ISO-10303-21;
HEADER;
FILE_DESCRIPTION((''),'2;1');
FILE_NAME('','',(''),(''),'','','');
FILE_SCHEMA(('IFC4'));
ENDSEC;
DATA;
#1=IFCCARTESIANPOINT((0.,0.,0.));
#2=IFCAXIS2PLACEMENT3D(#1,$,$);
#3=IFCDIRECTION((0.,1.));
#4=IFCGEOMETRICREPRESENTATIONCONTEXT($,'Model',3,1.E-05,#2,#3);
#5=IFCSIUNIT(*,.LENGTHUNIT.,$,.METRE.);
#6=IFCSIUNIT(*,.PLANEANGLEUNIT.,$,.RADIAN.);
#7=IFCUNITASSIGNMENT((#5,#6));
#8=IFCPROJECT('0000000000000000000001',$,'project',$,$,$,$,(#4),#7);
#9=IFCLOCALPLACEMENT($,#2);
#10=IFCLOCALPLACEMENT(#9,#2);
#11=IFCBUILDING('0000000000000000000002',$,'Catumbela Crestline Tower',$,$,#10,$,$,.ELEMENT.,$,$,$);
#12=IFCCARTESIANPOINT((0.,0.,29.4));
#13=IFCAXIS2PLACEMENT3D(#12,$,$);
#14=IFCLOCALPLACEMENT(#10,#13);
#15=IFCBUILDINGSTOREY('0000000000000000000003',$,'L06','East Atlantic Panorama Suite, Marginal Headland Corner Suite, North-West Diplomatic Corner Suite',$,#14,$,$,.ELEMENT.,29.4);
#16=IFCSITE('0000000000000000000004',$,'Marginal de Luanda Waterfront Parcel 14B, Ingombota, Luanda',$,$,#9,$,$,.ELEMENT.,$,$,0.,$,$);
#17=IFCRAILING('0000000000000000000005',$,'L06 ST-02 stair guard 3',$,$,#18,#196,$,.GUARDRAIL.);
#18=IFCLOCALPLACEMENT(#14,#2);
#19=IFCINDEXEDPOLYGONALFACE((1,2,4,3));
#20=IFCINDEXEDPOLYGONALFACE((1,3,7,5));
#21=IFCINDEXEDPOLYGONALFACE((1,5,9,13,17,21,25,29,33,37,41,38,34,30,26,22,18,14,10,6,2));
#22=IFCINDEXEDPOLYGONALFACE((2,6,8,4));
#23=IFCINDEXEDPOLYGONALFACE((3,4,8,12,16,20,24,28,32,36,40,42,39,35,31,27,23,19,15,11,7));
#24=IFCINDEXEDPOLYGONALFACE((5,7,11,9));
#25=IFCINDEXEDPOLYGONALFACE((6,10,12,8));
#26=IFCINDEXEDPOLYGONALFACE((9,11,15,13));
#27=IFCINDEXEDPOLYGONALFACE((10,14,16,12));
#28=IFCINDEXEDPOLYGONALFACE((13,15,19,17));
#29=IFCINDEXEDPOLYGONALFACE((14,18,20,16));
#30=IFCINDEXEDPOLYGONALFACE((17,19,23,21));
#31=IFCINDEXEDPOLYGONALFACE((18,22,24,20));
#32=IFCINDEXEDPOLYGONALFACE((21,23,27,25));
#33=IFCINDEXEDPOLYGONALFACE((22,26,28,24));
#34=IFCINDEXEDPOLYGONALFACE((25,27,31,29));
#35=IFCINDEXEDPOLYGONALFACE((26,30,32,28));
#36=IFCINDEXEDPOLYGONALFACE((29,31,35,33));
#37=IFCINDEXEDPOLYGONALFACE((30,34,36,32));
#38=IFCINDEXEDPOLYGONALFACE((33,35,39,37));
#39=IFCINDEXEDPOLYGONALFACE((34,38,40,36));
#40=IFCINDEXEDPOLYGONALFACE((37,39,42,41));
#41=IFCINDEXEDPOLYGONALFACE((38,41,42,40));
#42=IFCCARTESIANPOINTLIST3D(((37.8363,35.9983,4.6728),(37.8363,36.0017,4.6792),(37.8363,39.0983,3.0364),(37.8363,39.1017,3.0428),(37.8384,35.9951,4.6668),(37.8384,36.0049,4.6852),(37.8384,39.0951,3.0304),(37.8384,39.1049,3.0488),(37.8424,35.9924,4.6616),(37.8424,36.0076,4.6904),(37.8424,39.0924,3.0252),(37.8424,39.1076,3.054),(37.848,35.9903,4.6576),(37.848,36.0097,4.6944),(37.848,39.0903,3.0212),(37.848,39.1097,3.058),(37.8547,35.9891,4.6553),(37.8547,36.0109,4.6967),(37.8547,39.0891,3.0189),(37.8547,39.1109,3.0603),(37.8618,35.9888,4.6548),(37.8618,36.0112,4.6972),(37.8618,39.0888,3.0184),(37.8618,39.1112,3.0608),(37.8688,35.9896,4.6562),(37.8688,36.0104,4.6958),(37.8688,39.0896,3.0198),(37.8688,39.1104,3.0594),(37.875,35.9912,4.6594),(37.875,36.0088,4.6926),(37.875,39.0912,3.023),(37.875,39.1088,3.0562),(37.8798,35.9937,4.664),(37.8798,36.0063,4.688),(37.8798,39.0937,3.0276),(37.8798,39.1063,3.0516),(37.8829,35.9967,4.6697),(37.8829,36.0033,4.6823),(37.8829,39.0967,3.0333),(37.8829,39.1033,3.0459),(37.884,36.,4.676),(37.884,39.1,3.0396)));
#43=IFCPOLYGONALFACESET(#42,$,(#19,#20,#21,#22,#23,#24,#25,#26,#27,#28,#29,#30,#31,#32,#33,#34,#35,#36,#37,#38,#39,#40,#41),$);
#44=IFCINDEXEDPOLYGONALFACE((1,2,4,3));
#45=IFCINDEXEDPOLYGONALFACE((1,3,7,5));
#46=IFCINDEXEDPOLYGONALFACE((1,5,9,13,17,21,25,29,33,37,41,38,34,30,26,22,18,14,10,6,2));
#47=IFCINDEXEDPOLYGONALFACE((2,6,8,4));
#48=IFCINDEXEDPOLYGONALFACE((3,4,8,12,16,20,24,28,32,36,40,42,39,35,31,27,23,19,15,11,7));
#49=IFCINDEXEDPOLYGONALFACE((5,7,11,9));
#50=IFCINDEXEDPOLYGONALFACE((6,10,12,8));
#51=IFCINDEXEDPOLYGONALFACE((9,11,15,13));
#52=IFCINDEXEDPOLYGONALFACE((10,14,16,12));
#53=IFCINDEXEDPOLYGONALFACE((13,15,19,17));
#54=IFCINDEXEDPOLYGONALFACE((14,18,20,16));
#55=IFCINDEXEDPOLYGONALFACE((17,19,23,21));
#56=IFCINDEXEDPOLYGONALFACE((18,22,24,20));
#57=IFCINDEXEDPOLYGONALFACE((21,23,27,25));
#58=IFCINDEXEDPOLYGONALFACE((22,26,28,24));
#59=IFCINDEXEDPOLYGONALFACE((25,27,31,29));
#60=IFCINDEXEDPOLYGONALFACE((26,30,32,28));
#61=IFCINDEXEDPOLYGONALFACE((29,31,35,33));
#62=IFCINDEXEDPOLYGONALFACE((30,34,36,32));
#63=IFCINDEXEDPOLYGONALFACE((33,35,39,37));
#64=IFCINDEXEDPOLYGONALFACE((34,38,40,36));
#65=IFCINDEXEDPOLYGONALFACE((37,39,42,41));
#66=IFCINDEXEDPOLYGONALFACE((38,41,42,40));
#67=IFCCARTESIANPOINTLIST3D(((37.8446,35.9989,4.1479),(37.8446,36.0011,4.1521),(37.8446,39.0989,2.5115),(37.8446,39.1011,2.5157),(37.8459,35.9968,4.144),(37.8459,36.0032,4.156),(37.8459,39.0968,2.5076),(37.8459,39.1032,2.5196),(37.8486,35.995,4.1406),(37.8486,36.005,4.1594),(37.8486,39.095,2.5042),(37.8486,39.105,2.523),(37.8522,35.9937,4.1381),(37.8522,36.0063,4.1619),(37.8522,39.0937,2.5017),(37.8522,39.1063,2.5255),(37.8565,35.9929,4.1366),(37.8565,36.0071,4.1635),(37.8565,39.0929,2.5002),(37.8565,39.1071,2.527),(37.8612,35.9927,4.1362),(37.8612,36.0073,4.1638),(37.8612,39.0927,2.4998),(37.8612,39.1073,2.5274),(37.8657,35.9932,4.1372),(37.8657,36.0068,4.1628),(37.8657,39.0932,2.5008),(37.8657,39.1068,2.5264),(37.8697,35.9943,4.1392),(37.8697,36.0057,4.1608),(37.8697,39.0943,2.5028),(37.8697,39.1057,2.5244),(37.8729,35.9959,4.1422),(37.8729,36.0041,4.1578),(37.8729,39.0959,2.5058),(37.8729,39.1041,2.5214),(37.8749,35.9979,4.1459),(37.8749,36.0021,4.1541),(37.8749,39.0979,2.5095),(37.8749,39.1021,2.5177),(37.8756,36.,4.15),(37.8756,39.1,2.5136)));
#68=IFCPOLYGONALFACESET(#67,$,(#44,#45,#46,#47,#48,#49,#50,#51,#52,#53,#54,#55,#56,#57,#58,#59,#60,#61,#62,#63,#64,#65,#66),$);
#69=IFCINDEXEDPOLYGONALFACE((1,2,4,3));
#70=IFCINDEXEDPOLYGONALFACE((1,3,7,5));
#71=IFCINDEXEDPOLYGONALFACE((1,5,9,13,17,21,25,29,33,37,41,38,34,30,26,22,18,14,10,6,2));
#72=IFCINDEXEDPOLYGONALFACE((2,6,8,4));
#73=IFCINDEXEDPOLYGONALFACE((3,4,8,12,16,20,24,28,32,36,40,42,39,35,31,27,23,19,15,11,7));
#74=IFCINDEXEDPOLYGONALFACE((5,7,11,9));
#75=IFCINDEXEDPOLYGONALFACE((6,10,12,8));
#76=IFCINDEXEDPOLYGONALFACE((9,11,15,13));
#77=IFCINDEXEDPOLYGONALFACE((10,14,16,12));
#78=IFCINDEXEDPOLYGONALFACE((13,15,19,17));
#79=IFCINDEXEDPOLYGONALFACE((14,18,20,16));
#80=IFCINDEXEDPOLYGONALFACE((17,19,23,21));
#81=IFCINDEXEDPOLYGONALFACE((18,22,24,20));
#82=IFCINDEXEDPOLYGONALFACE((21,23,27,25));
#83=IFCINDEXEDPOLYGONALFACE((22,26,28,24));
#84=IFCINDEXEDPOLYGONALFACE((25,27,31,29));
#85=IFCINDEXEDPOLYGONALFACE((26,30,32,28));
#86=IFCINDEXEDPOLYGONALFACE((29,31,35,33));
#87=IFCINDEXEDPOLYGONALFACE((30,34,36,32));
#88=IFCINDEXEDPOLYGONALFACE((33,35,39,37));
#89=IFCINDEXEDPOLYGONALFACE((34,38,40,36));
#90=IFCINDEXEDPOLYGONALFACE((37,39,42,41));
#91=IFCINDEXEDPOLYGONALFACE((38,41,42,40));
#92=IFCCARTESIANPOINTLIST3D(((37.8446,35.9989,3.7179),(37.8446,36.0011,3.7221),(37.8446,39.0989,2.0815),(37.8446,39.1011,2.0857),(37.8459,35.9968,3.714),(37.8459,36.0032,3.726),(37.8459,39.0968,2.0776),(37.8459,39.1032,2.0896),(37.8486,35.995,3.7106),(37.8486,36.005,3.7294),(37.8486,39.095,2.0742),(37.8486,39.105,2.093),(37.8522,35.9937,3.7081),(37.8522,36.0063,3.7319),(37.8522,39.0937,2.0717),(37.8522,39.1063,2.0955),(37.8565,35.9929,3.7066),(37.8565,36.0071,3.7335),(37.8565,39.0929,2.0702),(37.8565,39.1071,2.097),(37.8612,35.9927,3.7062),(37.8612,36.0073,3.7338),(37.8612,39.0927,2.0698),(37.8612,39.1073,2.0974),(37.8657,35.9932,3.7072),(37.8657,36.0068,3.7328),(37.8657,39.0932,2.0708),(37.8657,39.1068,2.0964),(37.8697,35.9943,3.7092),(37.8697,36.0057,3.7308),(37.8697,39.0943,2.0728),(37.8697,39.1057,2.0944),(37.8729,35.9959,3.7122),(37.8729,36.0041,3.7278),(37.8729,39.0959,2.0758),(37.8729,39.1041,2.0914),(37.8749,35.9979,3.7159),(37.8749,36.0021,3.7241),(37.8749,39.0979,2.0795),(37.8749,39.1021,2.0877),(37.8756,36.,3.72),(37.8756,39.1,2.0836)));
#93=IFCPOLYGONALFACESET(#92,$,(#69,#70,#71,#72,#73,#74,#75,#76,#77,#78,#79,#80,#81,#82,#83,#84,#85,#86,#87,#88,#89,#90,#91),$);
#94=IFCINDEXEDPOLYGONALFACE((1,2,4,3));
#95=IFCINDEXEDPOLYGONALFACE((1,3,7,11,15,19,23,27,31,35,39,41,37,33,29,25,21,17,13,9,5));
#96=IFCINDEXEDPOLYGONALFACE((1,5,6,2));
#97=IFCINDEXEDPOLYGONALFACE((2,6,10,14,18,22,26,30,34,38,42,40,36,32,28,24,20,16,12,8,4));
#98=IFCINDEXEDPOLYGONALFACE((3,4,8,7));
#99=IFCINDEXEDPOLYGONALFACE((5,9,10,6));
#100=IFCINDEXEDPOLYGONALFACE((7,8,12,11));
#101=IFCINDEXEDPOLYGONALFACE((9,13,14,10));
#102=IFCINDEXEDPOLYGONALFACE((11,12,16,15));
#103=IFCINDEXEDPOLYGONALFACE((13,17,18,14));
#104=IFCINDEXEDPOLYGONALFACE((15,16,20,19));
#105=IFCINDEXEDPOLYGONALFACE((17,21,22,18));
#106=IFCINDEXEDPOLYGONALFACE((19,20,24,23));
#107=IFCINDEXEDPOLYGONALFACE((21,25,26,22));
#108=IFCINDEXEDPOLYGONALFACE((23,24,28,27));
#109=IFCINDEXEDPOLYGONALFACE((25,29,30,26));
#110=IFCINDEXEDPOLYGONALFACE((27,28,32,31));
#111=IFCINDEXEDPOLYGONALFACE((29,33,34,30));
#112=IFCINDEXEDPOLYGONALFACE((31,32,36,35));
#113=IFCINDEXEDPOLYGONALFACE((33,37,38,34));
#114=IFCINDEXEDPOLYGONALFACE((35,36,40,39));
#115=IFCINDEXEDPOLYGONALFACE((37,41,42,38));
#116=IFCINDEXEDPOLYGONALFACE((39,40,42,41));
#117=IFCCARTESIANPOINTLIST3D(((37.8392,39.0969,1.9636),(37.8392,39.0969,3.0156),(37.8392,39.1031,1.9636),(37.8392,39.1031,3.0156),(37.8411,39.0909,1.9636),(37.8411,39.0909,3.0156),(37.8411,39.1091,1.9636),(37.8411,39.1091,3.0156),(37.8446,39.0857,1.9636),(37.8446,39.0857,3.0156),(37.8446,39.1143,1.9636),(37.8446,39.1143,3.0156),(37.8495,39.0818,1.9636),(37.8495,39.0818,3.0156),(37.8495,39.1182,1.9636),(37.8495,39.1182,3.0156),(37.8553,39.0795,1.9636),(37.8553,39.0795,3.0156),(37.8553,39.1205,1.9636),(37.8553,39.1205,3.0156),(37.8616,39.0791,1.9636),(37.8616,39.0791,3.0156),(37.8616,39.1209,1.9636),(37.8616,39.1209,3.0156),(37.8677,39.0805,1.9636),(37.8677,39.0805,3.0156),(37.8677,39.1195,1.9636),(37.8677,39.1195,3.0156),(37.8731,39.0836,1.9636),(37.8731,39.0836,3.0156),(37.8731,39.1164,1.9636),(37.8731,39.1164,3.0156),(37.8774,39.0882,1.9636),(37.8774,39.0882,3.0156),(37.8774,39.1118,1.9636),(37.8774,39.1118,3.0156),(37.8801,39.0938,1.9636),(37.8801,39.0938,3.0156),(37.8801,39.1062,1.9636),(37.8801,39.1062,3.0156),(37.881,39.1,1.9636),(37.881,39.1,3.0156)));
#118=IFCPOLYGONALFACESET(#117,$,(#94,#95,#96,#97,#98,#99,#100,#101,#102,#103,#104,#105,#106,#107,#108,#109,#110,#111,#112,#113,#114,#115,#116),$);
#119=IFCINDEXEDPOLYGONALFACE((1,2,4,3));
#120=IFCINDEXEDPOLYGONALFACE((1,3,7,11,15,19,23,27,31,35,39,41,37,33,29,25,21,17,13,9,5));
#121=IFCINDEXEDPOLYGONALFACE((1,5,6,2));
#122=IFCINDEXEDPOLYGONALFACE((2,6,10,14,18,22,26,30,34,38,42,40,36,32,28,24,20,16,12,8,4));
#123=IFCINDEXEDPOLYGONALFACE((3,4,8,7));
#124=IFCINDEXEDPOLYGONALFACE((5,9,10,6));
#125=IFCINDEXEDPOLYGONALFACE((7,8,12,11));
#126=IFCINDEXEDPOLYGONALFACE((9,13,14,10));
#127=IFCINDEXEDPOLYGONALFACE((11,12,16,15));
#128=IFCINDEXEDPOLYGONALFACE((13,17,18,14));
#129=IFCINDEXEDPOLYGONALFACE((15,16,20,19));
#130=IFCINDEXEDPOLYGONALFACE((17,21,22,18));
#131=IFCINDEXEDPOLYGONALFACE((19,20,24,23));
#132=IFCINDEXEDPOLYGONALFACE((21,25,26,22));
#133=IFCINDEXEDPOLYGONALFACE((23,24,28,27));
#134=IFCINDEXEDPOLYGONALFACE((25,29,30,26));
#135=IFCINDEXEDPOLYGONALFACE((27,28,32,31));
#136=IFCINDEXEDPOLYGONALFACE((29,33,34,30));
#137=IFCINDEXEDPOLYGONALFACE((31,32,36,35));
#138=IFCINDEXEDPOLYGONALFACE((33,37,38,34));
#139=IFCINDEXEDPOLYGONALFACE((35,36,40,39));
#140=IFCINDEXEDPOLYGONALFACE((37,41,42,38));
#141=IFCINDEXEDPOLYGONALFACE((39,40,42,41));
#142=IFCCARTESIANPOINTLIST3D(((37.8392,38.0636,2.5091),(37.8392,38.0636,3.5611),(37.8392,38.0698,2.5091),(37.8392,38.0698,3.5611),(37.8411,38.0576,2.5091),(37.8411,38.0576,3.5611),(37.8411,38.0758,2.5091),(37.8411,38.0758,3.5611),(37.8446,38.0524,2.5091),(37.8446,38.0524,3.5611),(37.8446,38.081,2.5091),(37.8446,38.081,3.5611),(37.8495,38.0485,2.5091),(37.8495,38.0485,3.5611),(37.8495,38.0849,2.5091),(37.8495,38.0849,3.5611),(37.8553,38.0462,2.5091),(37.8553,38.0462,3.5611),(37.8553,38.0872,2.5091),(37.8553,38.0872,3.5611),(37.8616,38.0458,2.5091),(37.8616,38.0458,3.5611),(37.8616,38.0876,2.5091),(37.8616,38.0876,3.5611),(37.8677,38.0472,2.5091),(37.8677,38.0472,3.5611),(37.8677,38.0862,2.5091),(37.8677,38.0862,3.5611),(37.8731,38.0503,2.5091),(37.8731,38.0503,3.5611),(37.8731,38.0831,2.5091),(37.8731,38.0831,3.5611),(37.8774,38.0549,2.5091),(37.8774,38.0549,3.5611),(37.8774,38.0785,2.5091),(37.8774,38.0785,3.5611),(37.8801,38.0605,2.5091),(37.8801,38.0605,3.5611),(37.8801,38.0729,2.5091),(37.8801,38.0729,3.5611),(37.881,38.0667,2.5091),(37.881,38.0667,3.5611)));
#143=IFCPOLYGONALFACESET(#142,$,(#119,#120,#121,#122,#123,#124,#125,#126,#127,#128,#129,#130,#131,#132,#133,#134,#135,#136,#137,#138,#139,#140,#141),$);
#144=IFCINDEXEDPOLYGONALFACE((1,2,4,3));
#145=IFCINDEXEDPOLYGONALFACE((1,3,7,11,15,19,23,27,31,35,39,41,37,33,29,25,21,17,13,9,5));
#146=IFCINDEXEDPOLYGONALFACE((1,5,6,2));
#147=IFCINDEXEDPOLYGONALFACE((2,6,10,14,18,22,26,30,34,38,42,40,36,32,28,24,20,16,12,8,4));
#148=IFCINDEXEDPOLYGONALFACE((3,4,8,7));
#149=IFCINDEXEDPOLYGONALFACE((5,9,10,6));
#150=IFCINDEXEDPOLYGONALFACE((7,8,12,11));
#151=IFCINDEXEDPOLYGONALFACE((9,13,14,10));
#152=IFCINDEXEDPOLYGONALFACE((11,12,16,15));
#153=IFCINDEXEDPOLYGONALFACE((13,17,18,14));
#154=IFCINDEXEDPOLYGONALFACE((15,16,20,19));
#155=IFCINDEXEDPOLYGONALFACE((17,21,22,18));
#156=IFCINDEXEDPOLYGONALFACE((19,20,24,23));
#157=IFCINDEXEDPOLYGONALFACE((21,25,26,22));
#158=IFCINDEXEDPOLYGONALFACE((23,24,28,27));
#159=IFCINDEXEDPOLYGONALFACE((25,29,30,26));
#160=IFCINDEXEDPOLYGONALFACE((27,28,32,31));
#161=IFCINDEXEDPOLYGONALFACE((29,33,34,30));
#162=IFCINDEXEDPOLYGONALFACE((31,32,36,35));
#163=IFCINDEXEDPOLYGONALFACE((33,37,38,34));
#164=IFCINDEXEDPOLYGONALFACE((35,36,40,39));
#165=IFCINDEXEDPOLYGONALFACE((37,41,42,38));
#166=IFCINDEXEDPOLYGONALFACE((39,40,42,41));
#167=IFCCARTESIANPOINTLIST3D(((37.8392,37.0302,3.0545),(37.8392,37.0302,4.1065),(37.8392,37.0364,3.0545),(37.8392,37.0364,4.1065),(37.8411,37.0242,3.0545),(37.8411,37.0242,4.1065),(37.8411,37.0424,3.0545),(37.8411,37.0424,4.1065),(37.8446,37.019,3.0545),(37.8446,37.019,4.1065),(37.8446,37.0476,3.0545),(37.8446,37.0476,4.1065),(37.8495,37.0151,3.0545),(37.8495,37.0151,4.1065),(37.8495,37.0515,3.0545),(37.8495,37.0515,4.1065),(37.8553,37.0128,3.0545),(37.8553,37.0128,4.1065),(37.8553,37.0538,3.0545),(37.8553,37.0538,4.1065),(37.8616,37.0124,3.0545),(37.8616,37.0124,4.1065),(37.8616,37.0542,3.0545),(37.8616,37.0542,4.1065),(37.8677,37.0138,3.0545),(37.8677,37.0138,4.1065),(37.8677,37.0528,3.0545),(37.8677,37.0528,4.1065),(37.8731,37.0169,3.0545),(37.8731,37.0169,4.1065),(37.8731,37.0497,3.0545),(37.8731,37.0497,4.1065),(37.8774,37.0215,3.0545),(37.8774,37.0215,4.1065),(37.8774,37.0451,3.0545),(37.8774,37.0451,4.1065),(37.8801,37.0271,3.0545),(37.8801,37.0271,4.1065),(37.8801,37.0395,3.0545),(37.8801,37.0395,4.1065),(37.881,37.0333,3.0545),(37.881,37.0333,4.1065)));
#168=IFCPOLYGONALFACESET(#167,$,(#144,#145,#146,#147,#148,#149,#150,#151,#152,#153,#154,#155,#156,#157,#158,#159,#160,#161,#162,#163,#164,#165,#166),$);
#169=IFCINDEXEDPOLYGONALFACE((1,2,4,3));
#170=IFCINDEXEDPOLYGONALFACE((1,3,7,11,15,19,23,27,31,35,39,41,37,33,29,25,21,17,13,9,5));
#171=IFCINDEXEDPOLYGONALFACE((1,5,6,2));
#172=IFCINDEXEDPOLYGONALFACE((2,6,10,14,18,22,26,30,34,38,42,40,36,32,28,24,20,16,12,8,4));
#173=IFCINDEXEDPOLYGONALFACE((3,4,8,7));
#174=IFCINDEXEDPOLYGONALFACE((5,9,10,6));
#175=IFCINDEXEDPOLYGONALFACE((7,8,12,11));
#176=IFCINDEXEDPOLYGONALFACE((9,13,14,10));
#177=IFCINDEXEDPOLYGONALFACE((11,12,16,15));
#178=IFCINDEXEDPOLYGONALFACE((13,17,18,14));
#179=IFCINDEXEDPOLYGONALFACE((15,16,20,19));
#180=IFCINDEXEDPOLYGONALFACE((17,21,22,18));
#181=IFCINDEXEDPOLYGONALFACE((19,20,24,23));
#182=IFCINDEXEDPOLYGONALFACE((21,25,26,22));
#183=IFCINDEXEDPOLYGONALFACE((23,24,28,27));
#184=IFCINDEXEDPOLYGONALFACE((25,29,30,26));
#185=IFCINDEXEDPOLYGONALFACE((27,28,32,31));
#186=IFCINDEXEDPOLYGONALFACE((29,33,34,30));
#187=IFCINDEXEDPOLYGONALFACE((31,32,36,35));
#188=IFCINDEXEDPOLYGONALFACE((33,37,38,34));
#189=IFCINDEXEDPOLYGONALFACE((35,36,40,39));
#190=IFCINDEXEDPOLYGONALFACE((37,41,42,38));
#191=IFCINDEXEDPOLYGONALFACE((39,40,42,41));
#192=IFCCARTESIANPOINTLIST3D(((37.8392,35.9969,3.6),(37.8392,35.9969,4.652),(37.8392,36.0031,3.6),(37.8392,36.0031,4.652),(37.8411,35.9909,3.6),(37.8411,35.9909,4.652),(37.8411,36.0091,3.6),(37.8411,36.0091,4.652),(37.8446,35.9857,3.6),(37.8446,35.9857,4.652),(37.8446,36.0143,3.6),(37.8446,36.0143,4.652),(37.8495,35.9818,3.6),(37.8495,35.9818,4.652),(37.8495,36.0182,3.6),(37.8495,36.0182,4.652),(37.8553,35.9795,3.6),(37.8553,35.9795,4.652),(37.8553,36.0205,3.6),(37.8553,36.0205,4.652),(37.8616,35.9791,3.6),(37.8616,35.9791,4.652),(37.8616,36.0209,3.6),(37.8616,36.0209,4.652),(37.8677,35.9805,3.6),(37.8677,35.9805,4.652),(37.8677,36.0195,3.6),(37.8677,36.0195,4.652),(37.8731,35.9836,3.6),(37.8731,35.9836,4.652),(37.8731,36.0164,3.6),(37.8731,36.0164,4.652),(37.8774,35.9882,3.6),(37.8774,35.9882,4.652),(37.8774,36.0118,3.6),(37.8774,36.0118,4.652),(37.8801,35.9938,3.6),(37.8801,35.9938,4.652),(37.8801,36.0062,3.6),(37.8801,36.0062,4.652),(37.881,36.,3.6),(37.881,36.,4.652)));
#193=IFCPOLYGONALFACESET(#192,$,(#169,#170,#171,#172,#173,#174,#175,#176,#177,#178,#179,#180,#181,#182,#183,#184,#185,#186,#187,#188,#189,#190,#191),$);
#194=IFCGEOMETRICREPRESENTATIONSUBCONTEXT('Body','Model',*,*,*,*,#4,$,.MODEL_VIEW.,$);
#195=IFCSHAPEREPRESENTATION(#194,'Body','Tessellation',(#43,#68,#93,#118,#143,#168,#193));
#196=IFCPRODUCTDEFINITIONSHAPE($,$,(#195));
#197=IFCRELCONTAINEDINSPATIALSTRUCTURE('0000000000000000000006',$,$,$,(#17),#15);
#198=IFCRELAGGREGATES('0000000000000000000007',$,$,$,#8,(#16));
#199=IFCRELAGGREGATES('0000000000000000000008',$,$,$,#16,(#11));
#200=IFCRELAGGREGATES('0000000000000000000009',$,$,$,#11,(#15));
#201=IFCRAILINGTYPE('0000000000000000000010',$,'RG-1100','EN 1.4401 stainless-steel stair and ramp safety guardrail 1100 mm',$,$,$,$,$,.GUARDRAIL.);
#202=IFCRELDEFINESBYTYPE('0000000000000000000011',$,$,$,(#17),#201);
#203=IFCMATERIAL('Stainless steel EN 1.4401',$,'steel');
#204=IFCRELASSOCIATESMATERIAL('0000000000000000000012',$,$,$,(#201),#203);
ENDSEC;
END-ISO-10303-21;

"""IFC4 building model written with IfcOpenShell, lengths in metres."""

from ifc_helpers import new_model, si_unit, direction, frame, origin, origin_2d, place, context, subcontext, project, spatial, circle, extrude, material, type_object, element, save


model = new_model("IFC4")

# Units and contexts
model_context = context("Model", 3, precision=1e-05, world=origin(), true_north=direction((0.0, 1.0)))
body_context = subcontext(model_context, "Body", "Model", "MODEL_VIEW")
ifc_project = project(units=[si_unit("LENGTHUNIT", "METRE"), si_unit("PLANEANGLEUNIT", "RADIAN")], contexts=[model_context])

# Site, building, storey
site_placement = place(None, origin())
site = spatial("IfcSite", under=ifc_project, at=site_placement, Name="Marginal de Luanda Waterfront Parcel 14B, Ingombota, Luanda", CompositionType="ELEMENT", RefElevation=0.0)
building_placement = place(site_placement, origin())
building = spatial("IfcBuilding", under=site, at=building_placement, Name="Catumbela Crestline Tower", CompositionType="ELEMENT")
storey_placement = place(building_placement, frame((0.0, 0.0, 29.4)))
storey = spatial("IfcBuildingStorey", under=building, at=storey_placement, Name="L06", Description="East Atlantic Panorama Suite, Marginal Headland Corner Suite, North-West Diplomatic Corner Suite", CompositionType="ELEMENT", Elevation=29.4)

# Shared definitions
ifc_material_1 = material(Name="Stainless steel EN 1.4401", Category="steel")

# Railing
railing_type_1 = type_object("IfcRailingType", Name="RG-1100", Description="EN 1.4401 stainless-steel stair and ramp safety guardrail 1100 mm", PredefinedType="GUARDRAIL", material=ifc_material_1)
railing_1_placement = place(storey_placement, frame((37.86, 39.1, 1.9636)))
element("IfcRailing", 1, at=railing_1_placement, inside=storey, type_object=railing_type_1, Name="L06 ST-02 stair guard 3", PredefinedType="GUARDRAIL", context=body_context, shape_type="SweptSolid", body=[
    extrude(circle(Radius=0.024, at=origin_2d()), frame((0.0, 0.0, 1.076), z_axis=(0.0, -0.884351, 0.466823), x_axis=(1.0, 0.0, 0.0)), (0.0, 0.0, 1.0), 3.5054),
    extrude(circle(Radius=0.0156, at=origin_2d()), frame((0.0, 0.0, 0.55), z_axis=(0.0, -0.884351, 0.466823), x_axis=(1.0, 0.0, 0.0)), (0.0, 0.0, 1.0), 3.5054),
    extrude(circle(Radius=0.0156, at=origin_2d()), frame((0.0, 0.0, 0.12), z_axis=(0.0, -0.884351, 0.466823), x_axis=(1.0, 0.0, 0.0)), (0.0, 0.0, 1.0), 3.5054),
    extrude(circle(Radius=0.021, at=origin_2d()), origin(), (0.0, 0.0, 1.0), 1.052),
    extrude(circle(Radius=0.021, at=origin_2d()), frame((0.0, -1.0333, 0.5455)), (0.0, 0.0, 1.0), 1.052),
    extrude(circle(Radius=0.021, at=origin_2d()), frame((0.0, -2.0667, 1.0909)), (0.0, 0.0, 1.0), 1.052),
    extrude(circle(Radius=0.021, at=origin_2d()), frame((0.0, -3.1, 1.6364)), (0.0, 0.0, 1.0), 1.052),
])

save(model, "model.ifc")
